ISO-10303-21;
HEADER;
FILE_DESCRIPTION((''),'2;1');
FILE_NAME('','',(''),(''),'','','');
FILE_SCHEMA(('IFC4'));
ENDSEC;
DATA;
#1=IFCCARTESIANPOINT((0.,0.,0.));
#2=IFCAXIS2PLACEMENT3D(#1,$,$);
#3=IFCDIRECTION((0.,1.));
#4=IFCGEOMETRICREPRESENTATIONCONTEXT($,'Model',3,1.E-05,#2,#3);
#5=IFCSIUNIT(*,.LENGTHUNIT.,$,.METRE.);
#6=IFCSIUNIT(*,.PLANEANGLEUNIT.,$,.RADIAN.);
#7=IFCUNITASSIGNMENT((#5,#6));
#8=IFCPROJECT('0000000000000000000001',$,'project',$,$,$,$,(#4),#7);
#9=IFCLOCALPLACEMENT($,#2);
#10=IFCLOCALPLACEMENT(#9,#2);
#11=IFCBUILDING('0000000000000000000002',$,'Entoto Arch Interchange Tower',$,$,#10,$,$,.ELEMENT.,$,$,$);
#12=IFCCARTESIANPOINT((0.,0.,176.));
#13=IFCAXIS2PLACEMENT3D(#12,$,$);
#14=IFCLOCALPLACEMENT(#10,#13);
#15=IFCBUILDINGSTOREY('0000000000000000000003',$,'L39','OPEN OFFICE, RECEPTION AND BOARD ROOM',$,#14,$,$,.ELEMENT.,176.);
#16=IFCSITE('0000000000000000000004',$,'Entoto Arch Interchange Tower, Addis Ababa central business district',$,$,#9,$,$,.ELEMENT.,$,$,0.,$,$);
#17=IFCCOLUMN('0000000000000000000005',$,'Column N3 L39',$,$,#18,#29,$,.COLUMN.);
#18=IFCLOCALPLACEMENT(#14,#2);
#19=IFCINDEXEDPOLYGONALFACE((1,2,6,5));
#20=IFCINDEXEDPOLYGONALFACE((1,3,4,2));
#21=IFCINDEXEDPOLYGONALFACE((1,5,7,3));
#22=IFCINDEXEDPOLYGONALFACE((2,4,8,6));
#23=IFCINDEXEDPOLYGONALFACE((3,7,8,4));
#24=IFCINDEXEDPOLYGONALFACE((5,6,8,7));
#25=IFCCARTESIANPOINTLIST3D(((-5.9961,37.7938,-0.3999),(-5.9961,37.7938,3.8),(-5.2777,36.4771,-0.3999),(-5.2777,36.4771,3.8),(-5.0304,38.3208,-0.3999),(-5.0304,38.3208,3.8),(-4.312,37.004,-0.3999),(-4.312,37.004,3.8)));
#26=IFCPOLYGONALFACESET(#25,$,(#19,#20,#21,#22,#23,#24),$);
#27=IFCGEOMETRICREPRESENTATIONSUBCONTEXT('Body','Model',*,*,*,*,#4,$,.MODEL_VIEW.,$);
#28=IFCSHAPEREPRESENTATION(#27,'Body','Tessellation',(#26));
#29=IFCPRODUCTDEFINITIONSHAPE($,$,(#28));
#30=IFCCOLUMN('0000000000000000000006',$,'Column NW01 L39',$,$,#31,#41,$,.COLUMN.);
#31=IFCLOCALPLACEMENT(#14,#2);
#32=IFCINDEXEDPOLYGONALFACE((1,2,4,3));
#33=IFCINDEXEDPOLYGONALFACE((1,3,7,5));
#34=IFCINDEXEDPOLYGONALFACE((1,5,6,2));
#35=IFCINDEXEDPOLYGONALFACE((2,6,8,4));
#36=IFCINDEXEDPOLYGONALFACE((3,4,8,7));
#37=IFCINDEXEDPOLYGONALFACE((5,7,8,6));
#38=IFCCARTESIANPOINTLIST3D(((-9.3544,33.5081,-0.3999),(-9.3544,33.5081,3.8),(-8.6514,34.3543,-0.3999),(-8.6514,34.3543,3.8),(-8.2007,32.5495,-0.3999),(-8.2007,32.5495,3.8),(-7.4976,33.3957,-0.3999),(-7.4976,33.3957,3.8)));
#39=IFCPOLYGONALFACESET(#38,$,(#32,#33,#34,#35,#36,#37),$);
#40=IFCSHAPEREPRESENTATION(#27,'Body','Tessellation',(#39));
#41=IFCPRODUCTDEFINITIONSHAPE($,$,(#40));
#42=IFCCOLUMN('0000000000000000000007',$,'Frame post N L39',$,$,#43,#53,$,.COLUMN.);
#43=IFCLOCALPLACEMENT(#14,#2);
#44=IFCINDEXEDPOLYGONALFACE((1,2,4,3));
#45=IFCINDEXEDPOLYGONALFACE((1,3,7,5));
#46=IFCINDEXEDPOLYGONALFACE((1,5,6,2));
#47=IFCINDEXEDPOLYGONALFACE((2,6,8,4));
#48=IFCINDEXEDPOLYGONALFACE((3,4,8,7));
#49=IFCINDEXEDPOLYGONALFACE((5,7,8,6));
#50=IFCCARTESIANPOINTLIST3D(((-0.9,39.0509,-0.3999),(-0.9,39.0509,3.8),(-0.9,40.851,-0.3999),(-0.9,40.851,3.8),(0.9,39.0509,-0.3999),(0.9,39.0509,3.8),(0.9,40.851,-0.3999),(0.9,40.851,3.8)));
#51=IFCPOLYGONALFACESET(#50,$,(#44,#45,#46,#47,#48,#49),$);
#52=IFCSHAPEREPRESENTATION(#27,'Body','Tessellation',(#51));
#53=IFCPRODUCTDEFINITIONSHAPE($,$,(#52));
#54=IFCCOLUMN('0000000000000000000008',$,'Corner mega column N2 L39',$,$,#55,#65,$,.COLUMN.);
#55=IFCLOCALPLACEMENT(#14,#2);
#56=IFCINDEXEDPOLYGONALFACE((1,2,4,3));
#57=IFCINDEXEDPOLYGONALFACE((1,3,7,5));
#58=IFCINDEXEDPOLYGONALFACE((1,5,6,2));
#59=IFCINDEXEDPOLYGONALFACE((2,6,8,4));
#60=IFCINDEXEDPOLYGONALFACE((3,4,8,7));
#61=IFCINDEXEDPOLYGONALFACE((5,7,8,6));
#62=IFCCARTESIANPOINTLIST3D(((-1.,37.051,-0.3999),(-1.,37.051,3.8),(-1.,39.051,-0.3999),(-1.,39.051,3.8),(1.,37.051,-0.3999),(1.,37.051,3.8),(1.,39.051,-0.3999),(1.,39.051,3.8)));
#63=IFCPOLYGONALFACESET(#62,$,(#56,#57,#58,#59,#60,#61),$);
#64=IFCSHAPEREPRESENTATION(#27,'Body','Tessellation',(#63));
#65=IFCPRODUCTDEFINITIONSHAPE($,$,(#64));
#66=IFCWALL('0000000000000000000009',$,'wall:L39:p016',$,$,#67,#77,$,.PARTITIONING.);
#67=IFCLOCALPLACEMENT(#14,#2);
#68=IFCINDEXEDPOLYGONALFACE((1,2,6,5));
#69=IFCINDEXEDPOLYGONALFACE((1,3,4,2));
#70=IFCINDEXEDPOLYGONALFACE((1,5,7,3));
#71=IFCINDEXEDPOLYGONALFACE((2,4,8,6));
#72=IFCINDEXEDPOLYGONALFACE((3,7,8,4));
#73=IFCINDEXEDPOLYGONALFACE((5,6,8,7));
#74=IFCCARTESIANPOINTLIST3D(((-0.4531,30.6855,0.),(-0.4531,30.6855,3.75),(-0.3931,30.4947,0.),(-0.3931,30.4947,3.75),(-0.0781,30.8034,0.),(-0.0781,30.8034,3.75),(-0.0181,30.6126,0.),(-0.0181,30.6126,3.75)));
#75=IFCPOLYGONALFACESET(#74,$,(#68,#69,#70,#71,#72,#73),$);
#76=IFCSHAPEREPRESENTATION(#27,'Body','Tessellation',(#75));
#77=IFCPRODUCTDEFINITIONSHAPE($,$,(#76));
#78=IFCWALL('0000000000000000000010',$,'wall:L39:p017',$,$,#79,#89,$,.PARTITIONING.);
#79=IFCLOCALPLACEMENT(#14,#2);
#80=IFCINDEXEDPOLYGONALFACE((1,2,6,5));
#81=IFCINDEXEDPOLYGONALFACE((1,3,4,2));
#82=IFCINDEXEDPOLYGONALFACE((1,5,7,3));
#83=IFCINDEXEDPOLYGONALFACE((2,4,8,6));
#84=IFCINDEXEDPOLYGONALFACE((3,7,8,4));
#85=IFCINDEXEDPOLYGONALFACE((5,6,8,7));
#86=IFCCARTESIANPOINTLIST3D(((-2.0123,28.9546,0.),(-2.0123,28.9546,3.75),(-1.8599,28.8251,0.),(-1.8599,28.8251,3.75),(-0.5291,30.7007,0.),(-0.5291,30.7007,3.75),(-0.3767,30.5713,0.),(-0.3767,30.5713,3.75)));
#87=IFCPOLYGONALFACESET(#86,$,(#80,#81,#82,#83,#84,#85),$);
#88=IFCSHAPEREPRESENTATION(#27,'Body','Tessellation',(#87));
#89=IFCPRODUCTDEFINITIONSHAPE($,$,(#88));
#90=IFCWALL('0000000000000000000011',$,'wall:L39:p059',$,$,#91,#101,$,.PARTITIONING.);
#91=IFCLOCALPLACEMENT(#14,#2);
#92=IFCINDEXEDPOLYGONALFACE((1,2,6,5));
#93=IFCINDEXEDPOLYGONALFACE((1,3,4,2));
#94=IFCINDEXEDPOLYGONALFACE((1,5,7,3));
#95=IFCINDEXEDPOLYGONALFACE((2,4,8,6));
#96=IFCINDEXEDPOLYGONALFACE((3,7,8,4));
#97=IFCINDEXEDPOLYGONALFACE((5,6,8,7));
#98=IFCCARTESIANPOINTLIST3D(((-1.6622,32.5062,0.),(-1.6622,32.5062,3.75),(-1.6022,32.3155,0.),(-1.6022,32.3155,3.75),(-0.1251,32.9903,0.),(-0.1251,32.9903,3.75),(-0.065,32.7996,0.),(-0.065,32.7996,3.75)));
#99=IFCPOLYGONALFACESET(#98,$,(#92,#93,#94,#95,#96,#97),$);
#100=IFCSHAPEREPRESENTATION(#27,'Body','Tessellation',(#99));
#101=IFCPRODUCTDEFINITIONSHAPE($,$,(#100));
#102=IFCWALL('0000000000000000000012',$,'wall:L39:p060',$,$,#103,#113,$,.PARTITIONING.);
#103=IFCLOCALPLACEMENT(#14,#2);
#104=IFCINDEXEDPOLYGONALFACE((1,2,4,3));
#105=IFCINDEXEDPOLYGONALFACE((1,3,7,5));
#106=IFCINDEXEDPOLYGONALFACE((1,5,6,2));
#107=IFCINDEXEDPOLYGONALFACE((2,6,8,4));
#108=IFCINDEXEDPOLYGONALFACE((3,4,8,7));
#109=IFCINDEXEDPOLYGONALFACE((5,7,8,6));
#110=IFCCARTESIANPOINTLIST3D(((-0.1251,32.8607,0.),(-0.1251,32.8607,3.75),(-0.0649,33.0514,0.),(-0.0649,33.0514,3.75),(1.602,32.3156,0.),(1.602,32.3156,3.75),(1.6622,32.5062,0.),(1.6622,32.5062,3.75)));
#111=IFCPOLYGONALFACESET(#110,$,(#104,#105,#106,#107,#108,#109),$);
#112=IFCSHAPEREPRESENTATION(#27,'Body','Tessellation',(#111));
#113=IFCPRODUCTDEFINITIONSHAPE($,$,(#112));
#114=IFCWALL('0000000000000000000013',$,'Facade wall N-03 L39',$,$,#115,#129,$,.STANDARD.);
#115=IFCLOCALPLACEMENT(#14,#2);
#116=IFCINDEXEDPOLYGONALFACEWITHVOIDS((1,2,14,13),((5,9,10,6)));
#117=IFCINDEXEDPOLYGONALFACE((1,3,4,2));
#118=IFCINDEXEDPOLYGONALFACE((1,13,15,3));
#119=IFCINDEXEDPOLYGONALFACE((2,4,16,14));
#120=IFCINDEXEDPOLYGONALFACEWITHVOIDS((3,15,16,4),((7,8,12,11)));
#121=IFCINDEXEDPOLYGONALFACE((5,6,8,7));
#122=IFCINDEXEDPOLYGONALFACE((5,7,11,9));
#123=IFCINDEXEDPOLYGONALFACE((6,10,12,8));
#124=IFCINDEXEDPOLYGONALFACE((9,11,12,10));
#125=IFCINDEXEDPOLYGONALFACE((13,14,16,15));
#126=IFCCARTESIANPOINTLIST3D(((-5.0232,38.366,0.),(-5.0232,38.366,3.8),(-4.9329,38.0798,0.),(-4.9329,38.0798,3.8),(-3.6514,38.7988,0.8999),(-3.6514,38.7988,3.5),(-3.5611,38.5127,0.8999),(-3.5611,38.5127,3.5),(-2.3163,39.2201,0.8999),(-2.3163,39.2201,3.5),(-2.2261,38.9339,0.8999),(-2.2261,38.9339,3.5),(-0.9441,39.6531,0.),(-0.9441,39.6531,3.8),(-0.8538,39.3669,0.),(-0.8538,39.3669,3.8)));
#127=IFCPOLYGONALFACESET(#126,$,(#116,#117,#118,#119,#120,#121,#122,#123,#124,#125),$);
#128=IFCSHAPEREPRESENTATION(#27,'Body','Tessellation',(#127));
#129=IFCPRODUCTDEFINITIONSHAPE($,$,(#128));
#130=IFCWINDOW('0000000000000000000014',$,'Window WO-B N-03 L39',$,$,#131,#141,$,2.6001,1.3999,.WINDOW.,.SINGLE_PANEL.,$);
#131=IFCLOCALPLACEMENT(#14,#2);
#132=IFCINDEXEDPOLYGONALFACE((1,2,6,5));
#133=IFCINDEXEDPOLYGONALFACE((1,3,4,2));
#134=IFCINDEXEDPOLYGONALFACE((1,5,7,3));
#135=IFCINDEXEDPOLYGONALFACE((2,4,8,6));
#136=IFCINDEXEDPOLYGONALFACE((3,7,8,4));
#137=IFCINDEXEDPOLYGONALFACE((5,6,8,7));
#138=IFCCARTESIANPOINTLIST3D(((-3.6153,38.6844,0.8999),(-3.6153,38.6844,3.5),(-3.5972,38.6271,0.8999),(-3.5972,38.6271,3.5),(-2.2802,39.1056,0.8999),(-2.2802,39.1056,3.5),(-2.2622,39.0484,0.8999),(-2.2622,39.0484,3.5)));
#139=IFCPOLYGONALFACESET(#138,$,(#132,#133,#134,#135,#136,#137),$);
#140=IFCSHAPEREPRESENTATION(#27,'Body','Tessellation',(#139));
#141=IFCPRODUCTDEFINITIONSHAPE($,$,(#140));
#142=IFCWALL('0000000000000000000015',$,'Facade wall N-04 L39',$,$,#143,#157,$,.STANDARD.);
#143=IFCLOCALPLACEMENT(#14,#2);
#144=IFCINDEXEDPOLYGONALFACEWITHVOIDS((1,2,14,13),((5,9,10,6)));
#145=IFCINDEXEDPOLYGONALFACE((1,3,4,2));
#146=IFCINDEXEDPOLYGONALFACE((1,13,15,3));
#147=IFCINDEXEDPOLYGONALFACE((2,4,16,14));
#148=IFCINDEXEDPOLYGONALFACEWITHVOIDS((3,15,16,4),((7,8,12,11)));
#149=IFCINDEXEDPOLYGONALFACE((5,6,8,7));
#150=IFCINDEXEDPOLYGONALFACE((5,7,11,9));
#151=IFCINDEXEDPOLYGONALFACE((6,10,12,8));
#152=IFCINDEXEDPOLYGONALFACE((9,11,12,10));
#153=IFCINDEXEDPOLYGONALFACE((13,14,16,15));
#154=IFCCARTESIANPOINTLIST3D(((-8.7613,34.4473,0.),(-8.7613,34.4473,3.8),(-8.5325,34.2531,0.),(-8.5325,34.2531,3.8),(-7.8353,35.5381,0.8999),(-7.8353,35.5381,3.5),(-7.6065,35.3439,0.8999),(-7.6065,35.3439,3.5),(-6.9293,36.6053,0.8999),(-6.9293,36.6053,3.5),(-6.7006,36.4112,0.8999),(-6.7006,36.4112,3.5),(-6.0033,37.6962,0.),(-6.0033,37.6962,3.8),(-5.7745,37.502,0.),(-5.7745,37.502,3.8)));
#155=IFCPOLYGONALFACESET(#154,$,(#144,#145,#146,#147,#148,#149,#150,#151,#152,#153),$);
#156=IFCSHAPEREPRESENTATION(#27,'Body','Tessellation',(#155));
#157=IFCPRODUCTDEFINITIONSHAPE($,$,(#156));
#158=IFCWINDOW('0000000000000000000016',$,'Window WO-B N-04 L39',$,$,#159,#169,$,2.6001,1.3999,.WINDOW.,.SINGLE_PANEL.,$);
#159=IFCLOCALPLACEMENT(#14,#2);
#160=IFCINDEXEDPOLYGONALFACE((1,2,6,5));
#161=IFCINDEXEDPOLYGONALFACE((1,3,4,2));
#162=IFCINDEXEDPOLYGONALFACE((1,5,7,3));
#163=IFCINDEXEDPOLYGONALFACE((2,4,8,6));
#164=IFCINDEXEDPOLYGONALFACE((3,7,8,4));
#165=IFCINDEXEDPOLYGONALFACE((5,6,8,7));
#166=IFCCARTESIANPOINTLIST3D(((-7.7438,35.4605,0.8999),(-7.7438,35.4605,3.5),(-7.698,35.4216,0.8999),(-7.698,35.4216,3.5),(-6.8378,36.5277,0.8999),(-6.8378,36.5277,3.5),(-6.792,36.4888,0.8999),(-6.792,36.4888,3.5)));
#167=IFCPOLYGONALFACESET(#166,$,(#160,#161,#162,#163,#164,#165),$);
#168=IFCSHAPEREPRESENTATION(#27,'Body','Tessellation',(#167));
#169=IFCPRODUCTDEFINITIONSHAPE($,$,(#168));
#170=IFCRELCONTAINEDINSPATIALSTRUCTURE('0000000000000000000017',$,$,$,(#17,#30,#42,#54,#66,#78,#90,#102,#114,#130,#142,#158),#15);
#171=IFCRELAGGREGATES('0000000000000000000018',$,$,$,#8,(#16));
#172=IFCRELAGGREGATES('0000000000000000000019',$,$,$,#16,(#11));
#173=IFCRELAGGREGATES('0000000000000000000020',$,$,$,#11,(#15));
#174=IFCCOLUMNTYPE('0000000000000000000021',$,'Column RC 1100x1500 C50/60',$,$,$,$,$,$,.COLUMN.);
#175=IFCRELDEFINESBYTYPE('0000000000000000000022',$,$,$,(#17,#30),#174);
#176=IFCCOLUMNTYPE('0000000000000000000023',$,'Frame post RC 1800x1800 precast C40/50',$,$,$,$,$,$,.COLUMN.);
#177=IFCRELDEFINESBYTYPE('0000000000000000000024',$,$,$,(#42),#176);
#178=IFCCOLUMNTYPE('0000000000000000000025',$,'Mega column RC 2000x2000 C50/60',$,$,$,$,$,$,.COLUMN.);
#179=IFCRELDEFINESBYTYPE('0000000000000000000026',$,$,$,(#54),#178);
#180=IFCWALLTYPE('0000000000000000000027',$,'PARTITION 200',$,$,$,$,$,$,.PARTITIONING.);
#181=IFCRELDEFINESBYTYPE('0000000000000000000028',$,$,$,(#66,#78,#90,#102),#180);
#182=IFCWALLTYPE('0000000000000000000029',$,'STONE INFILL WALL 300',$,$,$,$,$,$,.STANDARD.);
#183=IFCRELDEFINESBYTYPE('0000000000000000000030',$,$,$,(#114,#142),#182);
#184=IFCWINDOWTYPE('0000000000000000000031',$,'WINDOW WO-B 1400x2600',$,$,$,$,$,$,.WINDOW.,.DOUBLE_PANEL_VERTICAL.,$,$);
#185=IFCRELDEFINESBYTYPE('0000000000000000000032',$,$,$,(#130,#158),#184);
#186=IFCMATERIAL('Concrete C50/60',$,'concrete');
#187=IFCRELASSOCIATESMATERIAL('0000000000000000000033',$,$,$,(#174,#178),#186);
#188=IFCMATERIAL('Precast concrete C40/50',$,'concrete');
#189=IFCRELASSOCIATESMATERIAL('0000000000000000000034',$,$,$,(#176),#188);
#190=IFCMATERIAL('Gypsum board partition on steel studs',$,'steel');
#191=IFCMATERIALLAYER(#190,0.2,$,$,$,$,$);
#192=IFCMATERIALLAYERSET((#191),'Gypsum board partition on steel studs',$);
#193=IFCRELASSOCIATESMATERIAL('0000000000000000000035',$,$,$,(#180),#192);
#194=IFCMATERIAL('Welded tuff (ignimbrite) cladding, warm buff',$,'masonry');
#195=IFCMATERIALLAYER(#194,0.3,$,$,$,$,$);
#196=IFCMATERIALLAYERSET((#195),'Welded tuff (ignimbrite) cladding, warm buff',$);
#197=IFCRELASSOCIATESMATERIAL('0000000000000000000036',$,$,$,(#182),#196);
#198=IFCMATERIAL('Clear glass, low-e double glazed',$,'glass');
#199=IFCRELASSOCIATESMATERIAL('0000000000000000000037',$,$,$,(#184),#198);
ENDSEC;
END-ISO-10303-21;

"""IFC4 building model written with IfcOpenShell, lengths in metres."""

from ifc_helpers import new_model, si_unit, direction, frame, frame_2d, origin, origin_2d, place, context, subcontext, project, spatial, rectangle, extrude, material, layer, layer_set, material_profile, profile_set, type_object, element, fill, save


model = new_model("IFC4")

# Units and contexts
model_context = context("Model", 3, precision=1e-05, world=origin(), true_north=direction((0.0, 1.0)))
body_context = subcontext(model_context, "Body", "Model", "MODEL_VIEW")
ifc_project = project(units=[si_unit("LENGTHUNIT", "METRE"), si_unit("PLANEANGLEUNIT", "RADIAN")], contexts=[model_context])

# Site, building, storey
site_placement = place(None, origin())
site = spatial("IfcSite", under=ifc_project, at=site_placement, Name="Entoto Arch Interchange Tower, Addis Ababa central business district", CompositionType="ELEMENT", RefElevation=0.0)
building_placement = place(site_placement, origin())
building = spatial("IfcBuilding", under=site, at=building_placement, Name="Entoto Arch Interchange Tower", CompositionType="ELEMENT")
storey_placement = place(building_placement, frame((0.0, 0.0, 176.0)))
storey = spatial("IfcBuildingStorey", under=building, at=storey_placement, Name="L39", Description="OPEN OFFICE, RECEPTION AND BOARD ROOM", CompositionType="ELEMENT", Elevation=176.0)

# Columns
ifc_material_1 = material(Name="Concrete C50/60", Category="concrete")
ifc_material_profile_1 = material_profile(ifc_material_1, rectangle(XDim=1.1001, YDim=1.5, at=origin_2d()))
ifc_profile_set_1 = profile_set([ifc_material_profile_1], Name="Concrete C50/60")
column_type_1 = type_object("IfcColumnType", Name="Column RC 1100x1500 C50/60", PredefinedType="COLUMN", material=ifc_profile_set_1)
for number, where, z_axis, x_axis, name in (
    (1, (-5.1541, 37.3989, -0.3999), (0.0, 0.0, 1.0), (0.877833, 0.478968, 0.0), "Column N3 L39"),
    (2, (-8.426, 33.4519, -0.3999), (0.0, 0.0, 1.0), (0.63905, 0.769165, 0.0), "Column NW01 L39"),
):
    element("IfcColumn", number, at=place(storey_placement, frame(where, z_axis=z_axis, x_axis=x_axis)), inside=storey, type_object=column_type_1, Name=name, PredefinedType="COLUMN", context=body_context, shape_type="SweptSolid", body=[
        extrude(rectangle(XDim=1.1001, YDim=1.5, at=origin_2d()), origin(), (0.0, 0.0, 1.0), 4.2),
    ])
ifc_material_2 = material(Name="Precast concrete C40/50", Category="concrete")
ifc_material_profile_2 = material_profile(ifc_material_2, rectangle(XDim=1.8, YDim=1.8, at=origin_2d()))
ifc_profile_set_2 = profile_set([ifc_material_profile_2], Name="Precast concrete C40/50")
column_type_2 = type_object("IfcColumnType", Name="Frame post RC 1800x1800 precast C40/50", PredefinedType="COLUMN", material=ifc_profile_set_2)
column_1_placement = place(storey_placement, frame((0.0, 39.9509, -0.3999), z_axis=(0.0, 0.0, 1.0), x_axis=(0.0, 1.0, 0.0)))
element("IfcColumn", 3, at=column_1_placement, inside=storey, type_object=column_type_2, Name="Frame post N L39", PredefinedType="COLUMN", context=body_context, shape_type="SweptSolid", body=[
    extrude(rectangle(XDim=1.8, YDim=1.8, at=origin_2d()), origin(), (0.0, 0.0, 1.0), 4.2),
])
ifc_material_profile_3 = material_profile(ifc_material_1, rectangle(XDim=2.0, YDim=2.0, at=origin_2d()))
ifc_profile_set_3 = profile_set([ifc_material_profile_3], Name="Concrete C50/60")
column_type_3 = type_object("IfcColumnType", Name="Mega column RC 2000x2000 C50/60", PredefinedType="COLUMN", material=ifc_profile_set_3)
column_2_placement = place(storey_placement, frame((0.0, 38.051, -0.3999), z_axis=(0.0, 0.0, 1.0), x_axis=(0.0, 1.0, 0.0)))
element("IfcColumn", 4, at=column_2_placement, inside=storey, type_object=column_type_3, Name="Corner mega column N2 L39", PredefinedType="COLUMN", context=body_context, shape_type="SweptSolid", body=[
    extrude(rectangle(XDim=2.0, YDim=2.0, at=origin_2d()), origin(), (0.0, 0.0, 1.0), 4.2),
])

# Walls
ifc_material_3 = material(Name="Gypsum board partition on steel studs", Category="steel")
ifc_layer_1 = layer(ifc_material_3, 0.2)
ifc_layer_set_1 = layer_set([ifc_layer_1], Name="Gypsum board partition on steel studs")
wall_type_1 = type_object("IfcWallType", Name="PARTITION 200", PredefinedType="PARTITIONING", material=ifc_layer_set_1)
wall_1_placement = place(storey_placement, frame((-0.0481, 30.708, 0.0), z_axis=(0.0, 0.0, 1.0), x_axis=(-0.953948, -0.299972, 0.0)))
element("IfcWall", 5, at=wall_1_placement, inside=storey, type_object=wall_type_1, Name="wall:L39:p016", PredefinedType="PARTITIONING", context=body_context, shape_type="SweptSolid", body=[
    extrude(rectangle(XDim=0.3931, YDim=0.2, at=frame_2d((0.1965, 0.0))), origin(), (0.0, 0.0, 1.0), 3.75),
])
wall_2_placement = place(storey_placement, frame((-0.4529, 30.636, 0.0), z_axis=(0.0, 0.0, 1.0), x_axis=(-0.647389, -0.76216, 0.0)))
element("IfcWall", 6, at=wall_2_placement, inside=storey, type_object=wall_type_1, Name="wall:L39:p017", PredefinedType="PARTITIONING", context=body_context, shape_type="SweptSolid", body=[
    extrude(rectangle(XDim=2.291, YDim=0.2, at=frame_2d((1.1455, 0.0))), origin(), (0.0, 0.0, 1.0), 3.75),
])
wall_3_placement = place(storey_placement, frame((-1.6321, 32.4109, 0.0), z_axis=(0.0, 0.0, 1.0), x_axis=(0.953809, 0.300413, 0.0)))
element("IfcWall", 7, at=wall_3_placement, inside=storey, type_object=wall_type_1, Name="wall:L39:p059", PredefinedType="PARTITIONING", context=body_context, shape_type="SweptSolid", body=[
    extrude(rectangle(XDim=1.6116, YDim=0.2, at=frame_2d((0.8057, 0.0))), origin(), (0.0, 0.0, 1.0), 3.75),
])
wall_4_placement = place(storey_placement, frame((-0.095, 32.9561, 0.0), z_axis=(0.0, 0.0, 1.0), x_axis=(0.953617, -0.301022, 0.0)))
element("IfcWall", 8, at=wall_4_placement, inside=storey, type_object=wall_type_1, Name="wall:L39:p060", PredefinedType="PARTITIONING", context=body_context, shape_type="SweptSolid", body=[
    extrude(rectangle(XDim=1.811, YDim=0.2, at=frame_2d((0.9055, 0.0))), origin(), (0.0, 0.0, 1.0), 3.75),
])

# Walls, openings, windows
ifc_material_4 = material(Name="Welded tuff (ignimbrite) cladding, warm buff", Category="masonry")
ifc_layer_2 = layer(ifc_material_4, 0.3)
ifc_layer_set_2 = layer_set([ifc_layer_2], Name="Welded tuff (ignimbrite) cladding, warm buff")
wall_type_2 = type_object("IfcWallType", Name="STONE INFILL WALL 300", PredefinedType="STANDARD", material=ifc_layer_set_2)
wall_5_placement = place(storey_placement, frame((-0.8989, 39.51, 0.0), z_axis=(0.0, 0.0, 1.0), x_axis=(-0.953652, -0.300913, 0.0)))
wall_5 = element("IfcWall", 9, at=wall_5_placement, inside=storey, type_object=wall_type_2, Name="Facade wall N-03 L39", PredefinedType="STANDARD", context=body_context, shape_type="SweptSolid", body=[
    extrude(rectangle(XDim=4.2773, YDim=0.3, at=frame_2d((2.1387, 0.0))), origin(), (0.0, 0.0, 1.0), 3.8),
])
opening_1_placement = place(wall_5_placement, frame((1.439, 0.0, 0.8999)))
opening_1 = element("IfcOpeningElement", 10, at=opening_1_placement, cuts=wall_5, PredefinedType="OPENING", context=body_context, shape_type="SweptSolid", body=[
    extrude(rectangle(XDim=1.3999, YDim=2.6001, at=frame_2d((0.7, 1.3))), frame((0.0, 0.1602, 0.0), z_axis=(0.0, -1.0, 0.0), x_axis=(1.0, 0.0, 0.0)), (0.0, 0.0, 1.0), 0.3201),
])
ifc_material_5 = material(Name="Clear glass, low-e double glazed", Category="glass")
window_type_1 = type_object("IfcWindowType", Name="WINDOW WO-B 1400x2600", PartitioningType="DOUBLE_PANEL_VERTICAL", PredefinedType="WINDOW", material=ifc_material_5)
window_1_placement = place(opening_1_placement, origin())
window_1 = element("IfcWindow", 11, at=window_1_placement, inside=storey, type_object=window_type_1, Name="Window WO-B N-03 L39", OverallHeight=2.6001, OverallWidth=1.3999, PartitioningType="SINGLE_PANEL", PredefinedType="WINDOW", context=body_context, shape_type="SweptSolid", body=[
    extrude(rectangle(XDim=1.3999, YDim=2.6001, at=frame_2d((0.7, 1.3))), frame((0.0, 0.03, 0.0), z_axis=(0.0, -1.0, 0.0), x_axis=(1.0, 0.0, 0.0)), (0.0, 0.0, 1.0), 0.0601),
])
fill(opening_1, window_1)
wall_6_placement = place(storey_placement, frame((-5.8889, 37.5991, 0.0), z_axis=(0.0, 0.0, 1.0), x_axis=(-0.647156, -0.762358, 0.0)))
wall_6 = element("IfcWall", 12, at=wall_6_placement, inside=storey, type_object=wall_type_2, Name="Facade wall N-04 L39", PredefinedType="STANDARD", context=body_context, shape_type="SweptSolid", body=[
    extrude(rectangle(XDim=4.2617, YDim=0.3, at=frame_2d((2.1309, 0.0))), origin(), (0.0, 0.0, 1.0), 3.8),
])
opening_2_placement = place(wall_6_placement, frame((1.4309, 0.0, 0.8999)))
opening_2 = element("IfcOpeningElement", 13, at=opening_2_placement, cuts=wall_6, PredefinedType="OPENING", context=body_context, shape_type="SweptSolid", body=[
    extrude(rectangle(XDim=1.3999, YDim=2.6001, at=frame_2d((0.7, 1.3))), frame((0.0, 0.1602, 0.0), z_axis=(0.0, -1.0, 0.0), x_axis=(1.0, 0.0, 0.0)), (0.0, 0.0, 1.0), 0.3201),
])
window_2_placement = place(opening_2_placement, origin())
window_2 = element("IfcWindow", 14, at=window_2_placement, inside=storey, type_object=window_type_1, Name="Window WO-B N-04 L39", OverallHeight=2.6001, OverallWidth=1.3999, PartitioningType="SINGLE_PANEL", PredefinedType="WINDOW", context=body_context, shape_type="SweptSolid", body=[
    extrude(rectangle(XDim=1.3999, YDim=2.6001, at=frame_2d((0.7, 1.3))), frame((0.0, 0.03, 0.0), z_axis=(0.0, -1.0, 0.0), x_axis=(1.0, 0.0, 0.0)), (0.0, 0.0, 1.0), 0.0601),
])
fill(opening_2, window_2)

save(model, "model.ifc")
